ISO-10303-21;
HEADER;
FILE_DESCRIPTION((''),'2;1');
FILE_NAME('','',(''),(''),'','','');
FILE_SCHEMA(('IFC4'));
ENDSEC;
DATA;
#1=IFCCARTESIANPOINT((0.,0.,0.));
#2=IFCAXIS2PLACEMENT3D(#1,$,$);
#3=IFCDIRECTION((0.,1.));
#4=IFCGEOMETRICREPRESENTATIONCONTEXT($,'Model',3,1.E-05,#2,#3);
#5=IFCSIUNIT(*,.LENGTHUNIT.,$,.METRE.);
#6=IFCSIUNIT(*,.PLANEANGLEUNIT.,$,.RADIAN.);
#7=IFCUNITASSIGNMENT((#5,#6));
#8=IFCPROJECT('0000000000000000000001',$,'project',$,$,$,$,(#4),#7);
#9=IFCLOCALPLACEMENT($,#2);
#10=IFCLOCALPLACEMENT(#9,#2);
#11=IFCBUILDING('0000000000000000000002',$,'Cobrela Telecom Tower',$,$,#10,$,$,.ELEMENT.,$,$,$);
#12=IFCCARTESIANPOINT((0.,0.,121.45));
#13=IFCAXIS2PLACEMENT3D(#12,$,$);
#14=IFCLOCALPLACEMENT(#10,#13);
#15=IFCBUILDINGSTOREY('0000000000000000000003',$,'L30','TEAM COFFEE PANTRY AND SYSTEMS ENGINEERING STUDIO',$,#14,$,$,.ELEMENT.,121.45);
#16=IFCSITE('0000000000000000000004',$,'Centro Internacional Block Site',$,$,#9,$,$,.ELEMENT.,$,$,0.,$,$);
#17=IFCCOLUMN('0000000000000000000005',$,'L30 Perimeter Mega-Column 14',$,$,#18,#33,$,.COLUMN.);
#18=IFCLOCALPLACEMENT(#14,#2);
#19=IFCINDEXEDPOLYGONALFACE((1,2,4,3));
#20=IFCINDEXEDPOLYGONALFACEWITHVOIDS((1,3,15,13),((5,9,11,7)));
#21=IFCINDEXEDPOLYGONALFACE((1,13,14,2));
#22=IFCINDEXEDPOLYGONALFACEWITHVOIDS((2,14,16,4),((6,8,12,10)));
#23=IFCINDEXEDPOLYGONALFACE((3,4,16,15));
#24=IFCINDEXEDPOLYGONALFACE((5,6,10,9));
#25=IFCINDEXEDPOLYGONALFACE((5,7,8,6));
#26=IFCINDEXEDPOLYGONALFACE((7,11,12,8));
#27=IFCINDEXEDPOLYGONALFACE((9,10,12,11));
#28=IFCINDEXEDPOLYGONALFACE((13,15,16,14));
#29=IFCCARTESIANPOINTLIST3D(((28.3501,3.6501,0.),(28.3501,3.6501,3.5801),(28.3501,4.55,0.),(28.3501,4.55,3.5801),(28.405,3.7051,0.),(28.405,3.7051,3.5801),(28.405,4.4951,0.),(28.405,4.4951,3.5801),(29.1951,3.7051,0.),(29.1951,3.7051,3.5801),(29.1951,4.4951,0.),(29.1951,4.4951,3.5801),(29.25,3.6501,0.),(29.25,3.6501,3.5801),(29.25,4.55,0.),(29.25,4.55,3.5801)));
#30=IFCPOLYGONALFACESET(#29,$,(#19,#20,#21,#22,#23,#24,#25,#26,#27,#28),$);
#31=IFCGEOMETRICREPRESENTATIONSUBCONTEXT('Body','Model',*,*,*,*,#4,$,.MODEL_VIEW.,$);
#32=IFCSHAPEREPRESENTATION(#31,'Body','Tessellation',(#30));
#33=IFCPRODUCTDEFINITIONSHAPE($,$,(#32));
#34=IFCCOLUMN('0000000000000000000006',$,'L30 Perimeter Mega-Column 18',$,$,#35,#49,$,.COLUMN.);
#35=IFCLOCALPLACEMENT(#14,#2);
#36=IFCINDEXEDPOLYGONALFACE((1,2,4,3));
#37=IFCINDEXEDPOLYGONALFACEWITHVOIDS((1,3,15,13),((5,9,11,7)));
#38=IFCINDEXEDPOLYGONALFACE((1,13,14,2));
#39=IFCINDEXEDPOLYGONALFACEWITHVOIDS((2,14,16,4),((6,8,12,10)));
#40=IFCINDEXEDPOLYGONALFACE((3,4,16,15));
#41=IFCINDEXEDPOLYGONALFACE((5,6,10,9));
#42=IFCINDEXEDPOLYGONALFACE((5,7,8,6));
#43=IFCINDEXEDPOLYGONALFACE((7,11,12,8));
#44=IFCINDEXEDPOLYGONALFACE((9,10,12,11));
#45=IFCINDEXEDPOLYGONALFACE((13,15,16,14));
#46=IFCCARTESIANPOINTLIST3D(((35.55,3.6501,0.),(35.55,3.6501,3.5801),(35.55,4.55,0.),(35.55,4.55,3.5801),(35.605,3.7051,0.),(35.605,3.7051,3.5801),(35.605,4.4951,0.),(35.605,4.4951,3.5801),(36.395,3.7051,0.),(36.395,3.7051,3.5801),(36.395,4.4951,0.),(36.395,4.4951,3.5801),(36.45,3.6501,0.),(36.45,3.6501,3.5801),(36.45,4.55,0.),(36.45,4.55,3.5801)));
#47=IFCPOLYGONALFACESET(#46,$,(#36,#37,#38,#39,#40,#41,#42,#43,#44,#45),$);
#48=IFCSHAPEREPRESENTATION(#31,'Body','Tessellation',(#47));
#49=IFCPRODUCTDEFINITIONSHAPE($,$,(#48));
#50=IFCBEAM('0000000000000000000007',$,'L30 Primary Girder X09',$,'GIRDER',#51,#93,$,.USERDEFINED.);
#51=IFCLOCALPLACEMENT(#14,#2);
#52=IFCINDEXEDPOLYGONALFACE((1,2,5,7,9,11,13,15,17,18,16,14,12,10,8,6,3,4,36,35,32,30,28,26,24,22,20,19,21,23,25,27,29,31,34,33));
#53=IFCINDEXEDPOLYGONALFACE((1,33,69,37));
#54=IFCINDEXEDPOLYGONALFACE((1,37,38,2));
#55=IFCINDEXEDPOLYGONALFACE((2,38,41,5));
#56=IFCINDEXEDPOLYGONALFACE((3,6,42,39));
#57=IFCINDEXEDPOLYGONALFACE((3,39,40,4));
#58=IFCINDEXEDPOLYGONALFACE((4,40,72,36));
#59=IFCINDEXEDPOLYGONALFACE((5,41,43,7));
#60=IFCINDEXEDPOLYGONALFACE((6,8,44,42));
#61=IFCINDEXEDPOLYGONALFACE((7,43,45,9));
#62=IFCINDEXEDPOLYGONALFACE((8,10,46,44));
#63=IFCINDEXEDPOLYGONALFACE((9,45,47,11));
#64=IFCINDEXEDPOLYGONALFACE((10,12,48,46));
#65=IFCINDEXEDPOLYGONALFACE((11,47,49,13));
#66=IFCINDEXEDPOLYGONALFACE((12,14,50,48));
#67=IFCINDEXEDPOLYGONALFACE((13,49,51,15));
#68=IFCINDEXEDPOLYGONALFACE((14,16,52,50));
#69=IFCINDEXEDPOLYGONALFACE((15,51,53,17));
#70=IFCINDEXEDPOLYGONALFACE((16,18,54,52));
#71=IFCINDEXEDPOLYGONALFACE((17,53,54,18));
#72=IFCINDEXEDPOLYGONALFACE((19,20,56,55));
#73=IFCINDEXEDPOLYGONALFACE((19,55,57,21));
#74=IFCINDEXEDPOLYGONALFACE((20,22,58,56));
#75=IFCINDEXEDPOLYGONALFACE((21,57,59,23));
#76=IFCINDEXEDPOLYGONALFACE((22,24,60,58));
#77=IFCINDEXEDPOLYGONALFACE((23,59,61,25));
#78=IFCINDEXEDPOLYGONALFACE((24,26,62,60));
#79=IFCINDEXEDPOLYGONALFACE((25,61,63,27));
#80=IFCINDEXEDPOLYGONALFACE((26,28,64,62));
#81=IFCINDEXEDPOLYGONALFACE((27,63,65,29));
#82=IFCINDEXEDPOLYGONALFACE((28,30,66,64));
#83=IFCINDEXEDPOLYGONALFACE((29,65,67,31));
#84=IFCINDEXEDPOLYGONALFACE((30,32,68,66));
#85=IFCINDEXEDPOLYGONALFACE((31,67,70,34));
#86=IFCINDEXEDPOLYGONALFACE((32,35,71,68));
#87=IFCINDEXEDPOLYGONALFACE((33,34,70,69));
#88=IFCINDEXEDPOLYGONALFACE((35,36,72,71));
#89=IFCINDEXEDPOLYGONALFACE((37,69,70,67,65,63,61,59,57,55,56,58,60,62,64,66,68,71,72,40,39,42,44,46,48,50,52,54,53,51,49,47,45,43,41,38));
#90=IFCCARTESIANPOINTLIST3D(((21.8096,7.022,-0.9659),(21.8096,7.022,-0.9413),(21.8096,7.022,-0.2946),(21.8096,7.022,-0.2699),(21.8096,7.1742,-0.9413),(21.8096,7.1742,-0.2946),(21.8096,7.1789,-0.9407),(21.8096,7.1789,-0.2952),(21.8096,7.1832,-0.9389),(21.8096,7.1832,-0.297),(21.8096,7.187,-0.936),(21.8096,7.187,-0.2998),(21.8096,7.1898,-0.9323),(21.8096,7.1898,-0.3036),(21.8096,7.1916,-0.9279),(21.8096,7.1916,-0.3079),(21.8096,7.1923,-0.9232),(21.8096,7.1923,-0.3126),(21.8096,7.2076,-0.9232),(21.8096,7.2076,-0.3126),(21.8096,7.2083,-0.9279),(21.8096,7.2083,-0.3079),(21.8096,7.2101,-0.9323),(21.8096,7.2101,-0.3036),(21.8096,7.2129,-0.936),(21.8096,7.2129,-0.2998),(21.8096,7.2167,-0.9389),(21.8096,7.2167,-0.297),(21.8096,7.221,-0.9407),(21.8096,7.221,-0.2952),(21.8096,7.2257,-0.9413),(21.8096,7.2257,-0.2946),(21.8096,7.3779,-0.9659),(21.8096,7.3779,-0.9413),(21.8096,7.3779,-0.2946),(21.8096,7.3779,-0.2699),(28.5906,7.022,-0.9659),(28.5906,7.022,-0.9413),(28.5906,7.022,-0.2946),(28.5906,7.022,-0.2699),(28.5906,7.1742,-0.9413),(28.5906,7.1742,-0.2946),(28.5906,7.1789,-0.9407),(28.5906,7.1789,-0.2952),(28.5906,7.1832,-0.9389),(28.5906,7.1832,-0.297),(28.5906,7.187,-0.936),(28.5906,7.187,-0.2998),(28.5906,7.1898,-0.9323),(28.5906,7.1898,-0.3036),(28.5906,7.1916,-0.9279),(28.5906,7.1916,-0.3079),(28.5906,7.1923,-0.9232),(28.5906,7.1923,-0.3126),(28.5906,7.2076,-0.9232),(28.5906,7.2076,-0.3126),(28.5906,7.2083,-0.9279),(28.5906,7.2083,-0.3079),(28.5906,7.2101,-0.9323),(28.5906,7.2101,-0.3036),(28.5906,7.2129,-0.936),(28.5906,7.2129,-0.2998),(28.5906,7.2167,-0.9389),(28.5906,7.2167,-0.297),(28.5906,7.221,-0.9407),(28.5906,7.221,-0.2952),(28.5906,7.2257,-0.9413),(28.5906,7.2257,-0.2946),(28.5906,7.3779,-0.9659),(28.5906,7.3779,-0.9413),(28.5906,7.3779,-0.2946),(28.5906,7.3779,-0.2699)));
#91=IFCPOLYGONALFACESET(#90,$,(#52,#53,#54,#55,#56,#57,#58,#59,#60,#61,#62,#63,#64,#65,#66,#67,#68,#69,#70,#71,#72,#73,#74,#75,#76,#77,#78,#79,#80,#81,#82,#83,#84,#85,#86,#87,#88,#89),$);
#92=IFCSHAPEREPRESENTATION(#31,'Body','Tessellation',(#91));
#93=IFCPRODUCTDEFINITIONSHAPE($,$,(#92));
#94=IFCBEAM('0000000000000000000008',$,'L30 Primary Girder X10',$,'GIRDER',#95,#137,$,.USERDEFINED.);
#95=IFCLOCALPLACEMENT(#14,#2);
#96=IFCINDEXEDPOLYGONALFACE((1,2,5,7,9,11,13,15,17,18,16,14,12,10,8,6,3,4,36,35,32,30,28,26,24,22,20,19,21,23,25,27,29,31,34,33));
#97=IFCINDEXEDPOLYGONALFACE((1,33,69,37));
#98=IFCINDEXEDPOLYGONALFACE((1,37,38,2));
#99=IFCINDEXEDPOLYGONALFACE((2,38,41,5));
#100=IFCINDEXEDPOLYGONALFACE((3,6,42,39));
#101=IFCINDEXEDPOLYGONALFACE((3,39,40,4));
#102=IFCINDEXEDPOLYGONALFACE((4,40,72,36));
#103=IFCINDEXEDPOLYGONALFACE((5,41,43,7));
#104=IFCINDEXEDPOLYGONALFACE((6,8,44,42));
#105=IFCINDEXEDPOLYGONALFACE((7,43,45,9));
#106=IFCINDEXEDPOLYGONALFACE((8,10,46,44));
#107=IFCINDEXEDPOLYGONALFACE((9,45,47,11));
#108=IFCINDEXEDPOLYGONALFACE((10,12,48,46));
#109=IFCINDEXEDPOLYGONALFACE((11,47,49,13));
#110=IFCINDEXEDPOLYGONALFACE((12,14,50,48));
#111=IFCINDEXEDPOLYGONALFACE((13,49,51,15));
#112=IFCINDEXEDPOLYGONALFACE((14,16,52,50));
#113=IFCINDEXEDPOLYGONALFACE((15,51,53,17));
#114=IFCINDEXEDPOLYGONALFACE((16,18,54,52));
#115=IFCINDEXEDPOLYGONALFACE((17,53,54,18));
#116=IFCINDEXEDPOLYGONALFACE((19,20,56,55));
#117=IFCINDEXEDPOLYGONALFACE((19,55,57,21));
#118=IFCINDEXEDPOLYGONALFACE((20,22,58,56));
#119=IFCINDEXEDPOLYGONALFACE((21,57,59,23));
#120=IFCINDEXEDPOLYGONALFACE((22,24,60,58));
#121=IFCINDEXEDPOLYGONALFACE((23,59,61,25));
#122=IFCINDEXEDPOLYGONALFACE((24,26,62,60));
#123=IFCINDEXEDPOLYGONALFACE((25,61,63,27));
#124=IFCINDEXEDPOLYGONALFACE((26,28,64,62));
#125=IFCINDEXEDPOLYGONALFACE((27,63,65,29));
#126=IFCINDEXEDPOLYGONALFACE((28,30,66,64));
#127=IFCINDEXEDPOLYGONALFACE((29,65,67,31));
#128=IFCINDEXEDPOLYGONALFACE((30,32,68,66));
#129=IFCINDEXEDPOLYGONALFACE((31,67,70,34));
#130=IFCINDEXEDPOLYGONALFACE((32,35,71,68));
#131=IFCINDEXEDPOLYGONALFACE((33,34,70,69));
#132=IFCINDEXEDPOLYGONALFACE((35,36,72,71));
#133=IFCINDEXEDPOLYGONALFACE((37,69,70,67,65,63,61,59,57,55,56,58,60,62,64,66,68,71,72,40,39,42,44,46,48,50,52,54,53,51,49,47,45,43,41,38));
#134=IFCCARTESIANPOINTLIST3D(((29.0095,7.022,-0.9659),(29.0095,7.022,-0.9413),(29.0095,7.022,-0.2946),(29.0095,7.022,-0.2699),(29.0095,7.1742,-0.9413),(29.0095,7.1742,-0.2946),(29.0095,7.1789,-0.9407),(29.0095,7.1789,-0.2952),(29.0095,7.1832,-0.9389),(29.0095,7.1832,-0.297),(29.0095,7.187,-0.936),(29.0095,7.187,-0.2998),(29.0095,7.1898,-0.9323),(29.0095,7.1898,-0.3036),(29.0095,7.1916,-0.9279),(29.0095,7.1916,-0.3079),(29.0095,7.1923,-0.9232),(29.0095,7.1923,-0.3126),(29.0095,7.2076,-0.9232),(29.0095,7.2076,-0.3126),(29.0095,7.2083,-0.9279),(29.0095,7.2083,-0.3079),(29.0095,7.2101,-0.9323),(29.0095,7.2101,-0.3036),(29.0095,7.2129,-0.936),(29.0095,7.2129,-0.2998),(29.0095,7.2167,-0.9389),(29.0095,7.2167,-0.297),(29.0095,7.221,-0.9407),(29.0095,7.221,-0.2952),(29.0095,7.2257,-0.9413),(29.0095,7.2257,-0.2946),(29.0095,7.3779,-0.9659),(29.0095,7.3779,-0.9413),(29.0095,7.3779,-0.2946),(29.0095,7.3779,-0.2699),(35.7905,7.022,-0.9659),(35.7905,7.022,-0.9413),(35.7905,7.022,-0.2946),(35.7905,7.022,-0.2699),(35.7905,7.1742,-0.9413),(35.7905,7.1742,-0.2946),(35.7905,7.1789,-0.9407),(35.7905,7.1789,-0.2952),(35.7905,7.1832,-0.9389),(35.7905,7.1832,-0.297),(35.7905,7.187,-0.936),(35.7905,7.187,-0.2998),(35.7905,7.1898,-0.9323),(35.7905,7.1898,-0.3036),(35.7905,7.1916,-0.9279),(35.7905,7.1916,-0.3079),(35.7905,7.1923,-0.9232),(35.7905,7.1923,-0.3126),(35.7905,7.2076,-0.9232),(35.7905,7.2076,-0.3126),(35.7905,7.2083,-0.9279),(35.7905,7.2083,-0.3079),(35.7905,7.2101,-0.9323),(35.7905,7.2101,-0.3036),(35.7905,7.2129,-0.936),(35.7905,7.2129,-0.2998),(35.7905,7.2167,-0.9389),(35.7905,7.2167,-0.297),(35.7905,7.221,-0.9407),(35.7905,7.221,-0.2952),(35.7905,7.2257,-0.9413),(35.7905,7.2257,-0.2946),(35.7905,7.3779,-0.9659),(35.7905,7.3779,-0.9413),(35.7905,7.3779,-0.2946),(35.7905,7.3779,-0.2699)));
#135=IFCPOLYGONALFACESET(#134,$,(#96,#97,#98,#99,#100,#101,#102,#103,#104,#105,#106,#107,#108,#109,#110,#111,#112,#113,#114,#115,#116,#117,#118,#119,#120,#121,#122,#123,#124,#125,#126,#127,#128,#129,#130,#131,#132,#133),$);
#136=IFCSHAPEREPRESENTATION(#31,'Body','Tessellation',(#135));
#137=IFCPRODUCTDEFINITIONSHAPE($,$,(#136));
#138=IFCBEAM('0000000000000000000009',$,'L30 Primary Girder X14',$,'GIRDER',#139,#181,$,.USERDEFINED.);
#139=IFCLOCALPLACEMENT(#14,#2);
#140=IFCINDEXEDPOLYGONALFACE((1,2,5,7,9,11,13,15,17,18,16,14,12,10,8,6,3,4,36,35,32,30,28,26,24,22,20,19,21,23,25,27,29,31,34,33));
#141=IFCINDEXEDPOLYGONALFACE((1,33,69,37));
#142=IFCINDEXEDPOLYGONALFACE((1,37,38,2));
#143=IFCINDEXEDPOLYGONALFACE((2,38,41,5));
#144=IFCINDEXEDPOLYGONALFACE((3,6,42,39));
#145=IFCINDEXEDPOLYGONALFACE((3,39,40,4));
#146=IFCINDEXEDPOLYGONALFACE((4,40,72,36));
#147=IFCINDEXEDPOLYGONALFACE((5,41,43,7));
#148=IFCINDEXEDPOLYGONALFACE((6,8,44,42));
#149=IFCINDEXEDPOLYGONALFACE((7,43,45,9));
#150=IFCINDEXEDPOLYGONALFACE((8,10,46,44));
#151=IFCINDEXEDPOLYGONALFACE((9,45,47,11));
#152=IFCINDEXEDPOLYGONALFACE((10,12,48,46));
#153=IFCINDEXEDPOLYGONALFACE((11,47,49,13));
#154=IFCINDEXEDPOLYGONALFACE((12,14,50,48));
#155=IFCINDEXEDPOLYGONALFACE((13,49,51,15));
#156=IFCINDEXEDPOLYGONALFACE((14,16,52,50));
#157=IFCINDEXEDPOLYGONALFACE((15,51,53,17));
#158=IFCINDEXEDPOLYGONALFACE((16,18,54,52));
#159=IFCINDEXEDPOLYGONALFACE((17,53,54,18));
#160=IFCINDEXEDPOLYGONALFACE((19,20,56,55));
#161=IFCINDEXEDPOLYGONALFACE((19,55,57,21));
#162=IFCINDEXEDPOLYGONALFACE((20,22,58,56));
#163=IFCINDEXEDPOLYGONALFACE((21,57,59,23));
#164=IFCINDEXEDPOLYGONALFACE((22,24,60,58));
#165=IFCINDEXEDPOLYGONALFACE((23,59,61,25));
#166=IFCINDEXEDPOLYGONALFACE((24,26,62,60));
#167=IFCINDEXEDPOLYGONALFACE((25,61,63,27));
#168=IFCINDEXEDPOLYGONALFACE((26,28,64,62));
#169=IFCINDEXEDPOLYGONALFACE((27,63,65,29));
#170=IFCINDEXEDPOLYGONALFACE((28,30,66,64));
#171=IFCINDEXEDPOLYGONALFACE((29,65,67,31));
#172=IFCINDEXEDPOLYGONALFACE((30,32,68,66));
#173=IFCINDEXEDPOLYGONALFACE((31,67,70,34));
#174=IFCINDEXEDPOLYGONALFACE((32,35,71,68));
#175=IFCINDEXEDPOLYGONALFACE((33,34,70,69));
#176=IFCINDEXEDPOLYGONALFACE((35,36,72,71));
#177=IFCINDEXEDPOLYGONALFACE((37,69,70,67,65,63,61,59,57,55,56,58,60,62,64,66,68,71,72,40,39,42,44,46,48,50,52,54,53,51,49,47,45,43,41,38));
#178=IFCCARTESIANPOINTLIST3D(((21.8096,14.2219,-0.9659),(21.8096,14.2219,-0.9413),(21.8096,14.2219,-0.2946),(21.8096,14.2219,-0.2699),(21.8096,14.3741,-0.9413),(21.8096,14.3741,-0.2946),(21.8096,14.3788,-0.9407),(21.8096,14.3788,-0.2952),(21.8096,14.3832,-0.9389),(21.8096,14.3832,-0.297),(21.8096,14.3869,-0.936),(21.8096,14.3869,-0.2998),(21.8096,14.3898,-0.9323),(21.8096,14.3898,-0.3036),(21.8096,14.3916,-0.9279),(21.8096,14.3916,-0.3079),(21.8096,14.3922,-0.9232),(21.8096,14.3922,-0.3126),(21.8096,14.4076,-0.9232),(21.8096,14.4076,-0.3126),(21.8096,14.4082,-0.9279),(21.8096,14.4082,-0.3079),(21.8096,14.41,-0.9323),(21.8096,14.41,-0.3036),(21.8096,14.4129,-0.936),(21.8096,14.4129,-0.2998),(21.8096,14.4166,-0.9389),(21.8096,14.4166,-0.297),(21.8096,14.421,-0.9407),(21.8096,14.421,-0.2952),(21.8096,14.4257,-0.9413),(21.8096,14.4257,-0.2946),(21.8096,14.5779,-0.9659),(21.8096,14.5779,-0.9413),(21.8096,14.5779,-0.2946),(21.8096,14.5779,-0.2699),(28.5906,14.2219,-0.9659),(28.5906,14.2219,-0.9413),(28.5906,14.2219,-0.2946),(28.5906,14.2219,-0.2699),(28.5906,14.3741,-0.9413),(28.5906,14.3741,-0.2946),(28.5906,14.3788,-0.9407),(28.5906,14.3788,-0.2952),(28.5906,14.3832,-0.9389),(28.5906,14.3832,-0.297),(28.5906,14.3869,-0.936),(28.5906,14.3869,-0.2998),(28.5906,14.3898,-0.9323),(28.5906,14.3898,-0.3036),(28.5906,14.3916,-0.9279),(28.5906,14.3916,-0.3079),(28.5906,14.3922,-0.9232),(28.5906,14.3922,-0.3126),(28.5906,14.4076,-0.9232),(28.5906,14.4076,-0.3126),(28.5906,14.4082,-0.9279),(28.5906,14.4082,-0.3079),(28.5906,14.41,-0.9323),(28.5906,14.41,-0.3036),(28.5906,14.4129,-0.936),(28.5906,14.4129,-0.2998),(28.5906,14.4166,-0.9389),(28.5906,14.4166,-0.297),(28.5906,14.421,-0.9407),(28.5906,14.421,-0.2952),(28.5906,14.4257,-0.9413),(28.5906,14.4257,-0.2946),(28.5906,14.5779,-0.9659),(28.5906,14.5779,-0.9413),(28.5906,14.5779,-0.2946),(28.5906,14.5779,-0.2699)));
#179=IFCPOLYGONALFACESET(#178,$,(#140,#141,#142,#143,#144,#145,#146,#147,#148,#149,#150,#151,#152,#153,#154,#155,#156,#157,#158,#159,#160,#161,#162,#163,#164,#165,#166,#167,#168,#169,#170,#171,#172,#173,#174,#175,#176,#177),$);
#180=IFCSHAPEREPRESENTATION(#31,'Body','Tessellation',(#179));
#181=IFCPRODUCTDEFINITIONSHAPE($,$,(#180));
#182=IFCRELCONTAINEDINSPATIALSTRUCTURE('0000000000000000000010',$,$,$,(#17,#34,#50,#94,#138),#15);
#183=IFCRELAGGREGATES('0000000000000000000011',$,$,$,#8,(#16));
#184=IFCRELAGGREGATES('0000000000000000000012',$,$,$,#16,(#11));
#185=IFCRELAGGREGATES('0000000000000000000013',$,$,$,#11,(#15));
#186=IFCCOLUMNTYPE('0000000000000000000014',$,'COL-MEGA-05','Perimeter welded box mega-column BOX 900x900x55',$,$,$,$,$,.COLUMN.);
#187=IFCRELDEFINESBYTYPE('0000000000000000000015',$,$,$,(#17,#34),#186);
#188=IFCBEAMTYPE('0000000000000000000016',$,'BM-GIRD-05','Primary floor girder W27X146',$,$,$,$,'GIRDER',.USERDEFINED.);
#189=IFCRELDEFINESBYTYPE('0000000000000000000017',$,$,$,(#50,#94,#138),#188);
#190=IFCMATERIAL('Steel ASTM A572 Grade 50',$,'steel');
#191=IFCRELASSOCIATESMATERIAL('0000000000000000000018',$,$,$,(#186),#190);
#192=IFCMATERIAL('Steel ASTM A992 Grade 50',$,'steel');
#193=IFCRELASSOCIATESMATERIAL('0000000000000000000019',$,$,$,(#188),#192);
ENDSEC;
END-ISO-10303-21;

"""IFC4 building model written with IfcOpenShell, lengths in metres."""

from ifc_helpers import new_model, si_unit, direction, frame, origin, origin_2d, place, context, subcontext, project, spatial, hollow_rectangle, i_section, extrude, material, material_profile, profile_set, type_object, element, save


model = new_model("IFC4")

# Units and contexts
model_context = context("Model", 3, precision=1e-05, world=origin(), true_north=direction((0.0, 1.0)))
body_context = subcontext(model_context, "Body", "Model", "MODEL_VIEW")
ifc_project = project(units=[si_unit("LENGTHUNIT", "METRE"), si_unit("PLANEANGLEUNIT", "RADIAN")], contexts=[model_context])

# Site, building, storey
site_placement = place(None, origin())
site = spatial("IfcSite", under=ifc_project, at=site_placement, Name="Centro Internacional Block Site", CompositionType="ELEMENT", RefElevation=0.0)
building_placement = place(site_placement, origin())
building = spatial("IfcBuilding", under=site, at=building_placement, Name="Cobrela Telecom Tower", CompositionType="ELEMENT")
storey_placement = place(building_placement, frame((0.0, 0.0, 121.45)))
storey = spatial("IfcBuildingStorey", under=building, at=storey_placement, Name="L30", Description="TEAM COFFEE PANTRY AND SYSTEMS ENGINEERING STUDIO", CompositionType="ELEMENT", Elevation=121.45)

# Columns
ifc_material_1 = material(Name="Steel ASTM A992 Grade 50", Category="steel")
ifc_material_2 = material(Name="Steel ASTM A572 Grade 50", Category="steel")
ifc_material_profile_1 = material_profile(ifc_material_2, hollow_rectangle(XDim=0.8999, YDim=0.8999, WallThickness=0.0549, at=origin_2d()), Name="BOX 900x900x55")
ifc_profile_set_1 = profile_set([ifc_material_profile_1], Name="Steel ASTM A572 Grade 50")
column_type_1 = type_object("IfcColumnType", Name="COL-MEGA-05", Description="Perimeter welded box mega-column BOX 900x900x55", PredefinedType="COLUMN", material=ifc_profile_set_1)
for number, where, z_axis, x_axis, name in (
    (1, (28.8, 4.1001, 0.0), (0.0, 0.0, 1.0), (1.0, 0.0, 0.0), "L30 Perimeter Mega-Column 14"),
    (2, (36.0, 4.1001, 0.0), (0.0, 0.0, 1.0), (1.0, 0.0, 0.0), "L30 Perimeter Mega-Column 18"),
):
    element("IfcColumn", number, at=place(storey_placement, frame(where, z_axis=z_axis, x_axis=x_axis)), inside=storey, type_object=column_type_1, Name=name, PredefinedType="COLUMN", context=body_context, shape_type="SweptSolid", body=[
        extrude(hollow_rectangle(XDim=0.8999, YDim=0.8999, WallThickness=0.0549, at=origin_2d()), origin(), (0.0, 0.0, 1.0), 3.5801),
    ])

# Beams
ifc_material_profile_2 = material_profile(ifc_material_1, i_section(OverallWidth=0.356, OverallDepth=0.696, WebThickness=0.0154, FlangeThickness=0.0247, FilletRadius=0.0181, at=origin_2d()), Name="W27X146")
ifc_profile_set_2 = profile_set([ifc_material_profile_2], Name="Steel ASTM A992 Grade 50")
beam_type_1 = type_object("IfcBeamType", Name="BM-GIRD-05", Description="Primary floor girder W27X146", ElementType="GIRDER", PredefinedType="USERDEFINED", material=ifc_profile_set_2)
for number, where, z_axis, x_axis, name in (
    (3, (21.8096, 7.2, -0.6179), (1.0, 0.0, 0.0), (0.0, 1.0, 0.0), "L30 Primary Girder X09"),
    (4, (29.0095, 7.2, -0.6179), (1.0, 0.0, 0.0), (0.0, 1.0, 0.0), "L30 Primary Girder X10"),
    (5, (21.8096, 14.3999, -0.6179), (1.0, 0.0, 0.0), (0.0, 1.0, 0.0), "L30 Primary Girder X14"),
):
    element("IfcBeam", number, at=place(storey_placement, frame(where, z_axis=z_axis, x_axis=x_axis)), inside=storey, type_object=beam_type_1, Name=name, ObjectType="GIRDER", PredefinedType="USERDEFINED", context=body_context, shape_type="SweptSolid", body=[
        extrude(i_section(OverallWidth=0.356, OverallDepth=0.696, WebThickness=0.0154, FlangeThickness=0.0247, FilletRadius=0.0181, at=origin_2d()), origin(), (0.0, 0.0, 1.0), 6.781),
    ])

save(model, "model.ifc")
